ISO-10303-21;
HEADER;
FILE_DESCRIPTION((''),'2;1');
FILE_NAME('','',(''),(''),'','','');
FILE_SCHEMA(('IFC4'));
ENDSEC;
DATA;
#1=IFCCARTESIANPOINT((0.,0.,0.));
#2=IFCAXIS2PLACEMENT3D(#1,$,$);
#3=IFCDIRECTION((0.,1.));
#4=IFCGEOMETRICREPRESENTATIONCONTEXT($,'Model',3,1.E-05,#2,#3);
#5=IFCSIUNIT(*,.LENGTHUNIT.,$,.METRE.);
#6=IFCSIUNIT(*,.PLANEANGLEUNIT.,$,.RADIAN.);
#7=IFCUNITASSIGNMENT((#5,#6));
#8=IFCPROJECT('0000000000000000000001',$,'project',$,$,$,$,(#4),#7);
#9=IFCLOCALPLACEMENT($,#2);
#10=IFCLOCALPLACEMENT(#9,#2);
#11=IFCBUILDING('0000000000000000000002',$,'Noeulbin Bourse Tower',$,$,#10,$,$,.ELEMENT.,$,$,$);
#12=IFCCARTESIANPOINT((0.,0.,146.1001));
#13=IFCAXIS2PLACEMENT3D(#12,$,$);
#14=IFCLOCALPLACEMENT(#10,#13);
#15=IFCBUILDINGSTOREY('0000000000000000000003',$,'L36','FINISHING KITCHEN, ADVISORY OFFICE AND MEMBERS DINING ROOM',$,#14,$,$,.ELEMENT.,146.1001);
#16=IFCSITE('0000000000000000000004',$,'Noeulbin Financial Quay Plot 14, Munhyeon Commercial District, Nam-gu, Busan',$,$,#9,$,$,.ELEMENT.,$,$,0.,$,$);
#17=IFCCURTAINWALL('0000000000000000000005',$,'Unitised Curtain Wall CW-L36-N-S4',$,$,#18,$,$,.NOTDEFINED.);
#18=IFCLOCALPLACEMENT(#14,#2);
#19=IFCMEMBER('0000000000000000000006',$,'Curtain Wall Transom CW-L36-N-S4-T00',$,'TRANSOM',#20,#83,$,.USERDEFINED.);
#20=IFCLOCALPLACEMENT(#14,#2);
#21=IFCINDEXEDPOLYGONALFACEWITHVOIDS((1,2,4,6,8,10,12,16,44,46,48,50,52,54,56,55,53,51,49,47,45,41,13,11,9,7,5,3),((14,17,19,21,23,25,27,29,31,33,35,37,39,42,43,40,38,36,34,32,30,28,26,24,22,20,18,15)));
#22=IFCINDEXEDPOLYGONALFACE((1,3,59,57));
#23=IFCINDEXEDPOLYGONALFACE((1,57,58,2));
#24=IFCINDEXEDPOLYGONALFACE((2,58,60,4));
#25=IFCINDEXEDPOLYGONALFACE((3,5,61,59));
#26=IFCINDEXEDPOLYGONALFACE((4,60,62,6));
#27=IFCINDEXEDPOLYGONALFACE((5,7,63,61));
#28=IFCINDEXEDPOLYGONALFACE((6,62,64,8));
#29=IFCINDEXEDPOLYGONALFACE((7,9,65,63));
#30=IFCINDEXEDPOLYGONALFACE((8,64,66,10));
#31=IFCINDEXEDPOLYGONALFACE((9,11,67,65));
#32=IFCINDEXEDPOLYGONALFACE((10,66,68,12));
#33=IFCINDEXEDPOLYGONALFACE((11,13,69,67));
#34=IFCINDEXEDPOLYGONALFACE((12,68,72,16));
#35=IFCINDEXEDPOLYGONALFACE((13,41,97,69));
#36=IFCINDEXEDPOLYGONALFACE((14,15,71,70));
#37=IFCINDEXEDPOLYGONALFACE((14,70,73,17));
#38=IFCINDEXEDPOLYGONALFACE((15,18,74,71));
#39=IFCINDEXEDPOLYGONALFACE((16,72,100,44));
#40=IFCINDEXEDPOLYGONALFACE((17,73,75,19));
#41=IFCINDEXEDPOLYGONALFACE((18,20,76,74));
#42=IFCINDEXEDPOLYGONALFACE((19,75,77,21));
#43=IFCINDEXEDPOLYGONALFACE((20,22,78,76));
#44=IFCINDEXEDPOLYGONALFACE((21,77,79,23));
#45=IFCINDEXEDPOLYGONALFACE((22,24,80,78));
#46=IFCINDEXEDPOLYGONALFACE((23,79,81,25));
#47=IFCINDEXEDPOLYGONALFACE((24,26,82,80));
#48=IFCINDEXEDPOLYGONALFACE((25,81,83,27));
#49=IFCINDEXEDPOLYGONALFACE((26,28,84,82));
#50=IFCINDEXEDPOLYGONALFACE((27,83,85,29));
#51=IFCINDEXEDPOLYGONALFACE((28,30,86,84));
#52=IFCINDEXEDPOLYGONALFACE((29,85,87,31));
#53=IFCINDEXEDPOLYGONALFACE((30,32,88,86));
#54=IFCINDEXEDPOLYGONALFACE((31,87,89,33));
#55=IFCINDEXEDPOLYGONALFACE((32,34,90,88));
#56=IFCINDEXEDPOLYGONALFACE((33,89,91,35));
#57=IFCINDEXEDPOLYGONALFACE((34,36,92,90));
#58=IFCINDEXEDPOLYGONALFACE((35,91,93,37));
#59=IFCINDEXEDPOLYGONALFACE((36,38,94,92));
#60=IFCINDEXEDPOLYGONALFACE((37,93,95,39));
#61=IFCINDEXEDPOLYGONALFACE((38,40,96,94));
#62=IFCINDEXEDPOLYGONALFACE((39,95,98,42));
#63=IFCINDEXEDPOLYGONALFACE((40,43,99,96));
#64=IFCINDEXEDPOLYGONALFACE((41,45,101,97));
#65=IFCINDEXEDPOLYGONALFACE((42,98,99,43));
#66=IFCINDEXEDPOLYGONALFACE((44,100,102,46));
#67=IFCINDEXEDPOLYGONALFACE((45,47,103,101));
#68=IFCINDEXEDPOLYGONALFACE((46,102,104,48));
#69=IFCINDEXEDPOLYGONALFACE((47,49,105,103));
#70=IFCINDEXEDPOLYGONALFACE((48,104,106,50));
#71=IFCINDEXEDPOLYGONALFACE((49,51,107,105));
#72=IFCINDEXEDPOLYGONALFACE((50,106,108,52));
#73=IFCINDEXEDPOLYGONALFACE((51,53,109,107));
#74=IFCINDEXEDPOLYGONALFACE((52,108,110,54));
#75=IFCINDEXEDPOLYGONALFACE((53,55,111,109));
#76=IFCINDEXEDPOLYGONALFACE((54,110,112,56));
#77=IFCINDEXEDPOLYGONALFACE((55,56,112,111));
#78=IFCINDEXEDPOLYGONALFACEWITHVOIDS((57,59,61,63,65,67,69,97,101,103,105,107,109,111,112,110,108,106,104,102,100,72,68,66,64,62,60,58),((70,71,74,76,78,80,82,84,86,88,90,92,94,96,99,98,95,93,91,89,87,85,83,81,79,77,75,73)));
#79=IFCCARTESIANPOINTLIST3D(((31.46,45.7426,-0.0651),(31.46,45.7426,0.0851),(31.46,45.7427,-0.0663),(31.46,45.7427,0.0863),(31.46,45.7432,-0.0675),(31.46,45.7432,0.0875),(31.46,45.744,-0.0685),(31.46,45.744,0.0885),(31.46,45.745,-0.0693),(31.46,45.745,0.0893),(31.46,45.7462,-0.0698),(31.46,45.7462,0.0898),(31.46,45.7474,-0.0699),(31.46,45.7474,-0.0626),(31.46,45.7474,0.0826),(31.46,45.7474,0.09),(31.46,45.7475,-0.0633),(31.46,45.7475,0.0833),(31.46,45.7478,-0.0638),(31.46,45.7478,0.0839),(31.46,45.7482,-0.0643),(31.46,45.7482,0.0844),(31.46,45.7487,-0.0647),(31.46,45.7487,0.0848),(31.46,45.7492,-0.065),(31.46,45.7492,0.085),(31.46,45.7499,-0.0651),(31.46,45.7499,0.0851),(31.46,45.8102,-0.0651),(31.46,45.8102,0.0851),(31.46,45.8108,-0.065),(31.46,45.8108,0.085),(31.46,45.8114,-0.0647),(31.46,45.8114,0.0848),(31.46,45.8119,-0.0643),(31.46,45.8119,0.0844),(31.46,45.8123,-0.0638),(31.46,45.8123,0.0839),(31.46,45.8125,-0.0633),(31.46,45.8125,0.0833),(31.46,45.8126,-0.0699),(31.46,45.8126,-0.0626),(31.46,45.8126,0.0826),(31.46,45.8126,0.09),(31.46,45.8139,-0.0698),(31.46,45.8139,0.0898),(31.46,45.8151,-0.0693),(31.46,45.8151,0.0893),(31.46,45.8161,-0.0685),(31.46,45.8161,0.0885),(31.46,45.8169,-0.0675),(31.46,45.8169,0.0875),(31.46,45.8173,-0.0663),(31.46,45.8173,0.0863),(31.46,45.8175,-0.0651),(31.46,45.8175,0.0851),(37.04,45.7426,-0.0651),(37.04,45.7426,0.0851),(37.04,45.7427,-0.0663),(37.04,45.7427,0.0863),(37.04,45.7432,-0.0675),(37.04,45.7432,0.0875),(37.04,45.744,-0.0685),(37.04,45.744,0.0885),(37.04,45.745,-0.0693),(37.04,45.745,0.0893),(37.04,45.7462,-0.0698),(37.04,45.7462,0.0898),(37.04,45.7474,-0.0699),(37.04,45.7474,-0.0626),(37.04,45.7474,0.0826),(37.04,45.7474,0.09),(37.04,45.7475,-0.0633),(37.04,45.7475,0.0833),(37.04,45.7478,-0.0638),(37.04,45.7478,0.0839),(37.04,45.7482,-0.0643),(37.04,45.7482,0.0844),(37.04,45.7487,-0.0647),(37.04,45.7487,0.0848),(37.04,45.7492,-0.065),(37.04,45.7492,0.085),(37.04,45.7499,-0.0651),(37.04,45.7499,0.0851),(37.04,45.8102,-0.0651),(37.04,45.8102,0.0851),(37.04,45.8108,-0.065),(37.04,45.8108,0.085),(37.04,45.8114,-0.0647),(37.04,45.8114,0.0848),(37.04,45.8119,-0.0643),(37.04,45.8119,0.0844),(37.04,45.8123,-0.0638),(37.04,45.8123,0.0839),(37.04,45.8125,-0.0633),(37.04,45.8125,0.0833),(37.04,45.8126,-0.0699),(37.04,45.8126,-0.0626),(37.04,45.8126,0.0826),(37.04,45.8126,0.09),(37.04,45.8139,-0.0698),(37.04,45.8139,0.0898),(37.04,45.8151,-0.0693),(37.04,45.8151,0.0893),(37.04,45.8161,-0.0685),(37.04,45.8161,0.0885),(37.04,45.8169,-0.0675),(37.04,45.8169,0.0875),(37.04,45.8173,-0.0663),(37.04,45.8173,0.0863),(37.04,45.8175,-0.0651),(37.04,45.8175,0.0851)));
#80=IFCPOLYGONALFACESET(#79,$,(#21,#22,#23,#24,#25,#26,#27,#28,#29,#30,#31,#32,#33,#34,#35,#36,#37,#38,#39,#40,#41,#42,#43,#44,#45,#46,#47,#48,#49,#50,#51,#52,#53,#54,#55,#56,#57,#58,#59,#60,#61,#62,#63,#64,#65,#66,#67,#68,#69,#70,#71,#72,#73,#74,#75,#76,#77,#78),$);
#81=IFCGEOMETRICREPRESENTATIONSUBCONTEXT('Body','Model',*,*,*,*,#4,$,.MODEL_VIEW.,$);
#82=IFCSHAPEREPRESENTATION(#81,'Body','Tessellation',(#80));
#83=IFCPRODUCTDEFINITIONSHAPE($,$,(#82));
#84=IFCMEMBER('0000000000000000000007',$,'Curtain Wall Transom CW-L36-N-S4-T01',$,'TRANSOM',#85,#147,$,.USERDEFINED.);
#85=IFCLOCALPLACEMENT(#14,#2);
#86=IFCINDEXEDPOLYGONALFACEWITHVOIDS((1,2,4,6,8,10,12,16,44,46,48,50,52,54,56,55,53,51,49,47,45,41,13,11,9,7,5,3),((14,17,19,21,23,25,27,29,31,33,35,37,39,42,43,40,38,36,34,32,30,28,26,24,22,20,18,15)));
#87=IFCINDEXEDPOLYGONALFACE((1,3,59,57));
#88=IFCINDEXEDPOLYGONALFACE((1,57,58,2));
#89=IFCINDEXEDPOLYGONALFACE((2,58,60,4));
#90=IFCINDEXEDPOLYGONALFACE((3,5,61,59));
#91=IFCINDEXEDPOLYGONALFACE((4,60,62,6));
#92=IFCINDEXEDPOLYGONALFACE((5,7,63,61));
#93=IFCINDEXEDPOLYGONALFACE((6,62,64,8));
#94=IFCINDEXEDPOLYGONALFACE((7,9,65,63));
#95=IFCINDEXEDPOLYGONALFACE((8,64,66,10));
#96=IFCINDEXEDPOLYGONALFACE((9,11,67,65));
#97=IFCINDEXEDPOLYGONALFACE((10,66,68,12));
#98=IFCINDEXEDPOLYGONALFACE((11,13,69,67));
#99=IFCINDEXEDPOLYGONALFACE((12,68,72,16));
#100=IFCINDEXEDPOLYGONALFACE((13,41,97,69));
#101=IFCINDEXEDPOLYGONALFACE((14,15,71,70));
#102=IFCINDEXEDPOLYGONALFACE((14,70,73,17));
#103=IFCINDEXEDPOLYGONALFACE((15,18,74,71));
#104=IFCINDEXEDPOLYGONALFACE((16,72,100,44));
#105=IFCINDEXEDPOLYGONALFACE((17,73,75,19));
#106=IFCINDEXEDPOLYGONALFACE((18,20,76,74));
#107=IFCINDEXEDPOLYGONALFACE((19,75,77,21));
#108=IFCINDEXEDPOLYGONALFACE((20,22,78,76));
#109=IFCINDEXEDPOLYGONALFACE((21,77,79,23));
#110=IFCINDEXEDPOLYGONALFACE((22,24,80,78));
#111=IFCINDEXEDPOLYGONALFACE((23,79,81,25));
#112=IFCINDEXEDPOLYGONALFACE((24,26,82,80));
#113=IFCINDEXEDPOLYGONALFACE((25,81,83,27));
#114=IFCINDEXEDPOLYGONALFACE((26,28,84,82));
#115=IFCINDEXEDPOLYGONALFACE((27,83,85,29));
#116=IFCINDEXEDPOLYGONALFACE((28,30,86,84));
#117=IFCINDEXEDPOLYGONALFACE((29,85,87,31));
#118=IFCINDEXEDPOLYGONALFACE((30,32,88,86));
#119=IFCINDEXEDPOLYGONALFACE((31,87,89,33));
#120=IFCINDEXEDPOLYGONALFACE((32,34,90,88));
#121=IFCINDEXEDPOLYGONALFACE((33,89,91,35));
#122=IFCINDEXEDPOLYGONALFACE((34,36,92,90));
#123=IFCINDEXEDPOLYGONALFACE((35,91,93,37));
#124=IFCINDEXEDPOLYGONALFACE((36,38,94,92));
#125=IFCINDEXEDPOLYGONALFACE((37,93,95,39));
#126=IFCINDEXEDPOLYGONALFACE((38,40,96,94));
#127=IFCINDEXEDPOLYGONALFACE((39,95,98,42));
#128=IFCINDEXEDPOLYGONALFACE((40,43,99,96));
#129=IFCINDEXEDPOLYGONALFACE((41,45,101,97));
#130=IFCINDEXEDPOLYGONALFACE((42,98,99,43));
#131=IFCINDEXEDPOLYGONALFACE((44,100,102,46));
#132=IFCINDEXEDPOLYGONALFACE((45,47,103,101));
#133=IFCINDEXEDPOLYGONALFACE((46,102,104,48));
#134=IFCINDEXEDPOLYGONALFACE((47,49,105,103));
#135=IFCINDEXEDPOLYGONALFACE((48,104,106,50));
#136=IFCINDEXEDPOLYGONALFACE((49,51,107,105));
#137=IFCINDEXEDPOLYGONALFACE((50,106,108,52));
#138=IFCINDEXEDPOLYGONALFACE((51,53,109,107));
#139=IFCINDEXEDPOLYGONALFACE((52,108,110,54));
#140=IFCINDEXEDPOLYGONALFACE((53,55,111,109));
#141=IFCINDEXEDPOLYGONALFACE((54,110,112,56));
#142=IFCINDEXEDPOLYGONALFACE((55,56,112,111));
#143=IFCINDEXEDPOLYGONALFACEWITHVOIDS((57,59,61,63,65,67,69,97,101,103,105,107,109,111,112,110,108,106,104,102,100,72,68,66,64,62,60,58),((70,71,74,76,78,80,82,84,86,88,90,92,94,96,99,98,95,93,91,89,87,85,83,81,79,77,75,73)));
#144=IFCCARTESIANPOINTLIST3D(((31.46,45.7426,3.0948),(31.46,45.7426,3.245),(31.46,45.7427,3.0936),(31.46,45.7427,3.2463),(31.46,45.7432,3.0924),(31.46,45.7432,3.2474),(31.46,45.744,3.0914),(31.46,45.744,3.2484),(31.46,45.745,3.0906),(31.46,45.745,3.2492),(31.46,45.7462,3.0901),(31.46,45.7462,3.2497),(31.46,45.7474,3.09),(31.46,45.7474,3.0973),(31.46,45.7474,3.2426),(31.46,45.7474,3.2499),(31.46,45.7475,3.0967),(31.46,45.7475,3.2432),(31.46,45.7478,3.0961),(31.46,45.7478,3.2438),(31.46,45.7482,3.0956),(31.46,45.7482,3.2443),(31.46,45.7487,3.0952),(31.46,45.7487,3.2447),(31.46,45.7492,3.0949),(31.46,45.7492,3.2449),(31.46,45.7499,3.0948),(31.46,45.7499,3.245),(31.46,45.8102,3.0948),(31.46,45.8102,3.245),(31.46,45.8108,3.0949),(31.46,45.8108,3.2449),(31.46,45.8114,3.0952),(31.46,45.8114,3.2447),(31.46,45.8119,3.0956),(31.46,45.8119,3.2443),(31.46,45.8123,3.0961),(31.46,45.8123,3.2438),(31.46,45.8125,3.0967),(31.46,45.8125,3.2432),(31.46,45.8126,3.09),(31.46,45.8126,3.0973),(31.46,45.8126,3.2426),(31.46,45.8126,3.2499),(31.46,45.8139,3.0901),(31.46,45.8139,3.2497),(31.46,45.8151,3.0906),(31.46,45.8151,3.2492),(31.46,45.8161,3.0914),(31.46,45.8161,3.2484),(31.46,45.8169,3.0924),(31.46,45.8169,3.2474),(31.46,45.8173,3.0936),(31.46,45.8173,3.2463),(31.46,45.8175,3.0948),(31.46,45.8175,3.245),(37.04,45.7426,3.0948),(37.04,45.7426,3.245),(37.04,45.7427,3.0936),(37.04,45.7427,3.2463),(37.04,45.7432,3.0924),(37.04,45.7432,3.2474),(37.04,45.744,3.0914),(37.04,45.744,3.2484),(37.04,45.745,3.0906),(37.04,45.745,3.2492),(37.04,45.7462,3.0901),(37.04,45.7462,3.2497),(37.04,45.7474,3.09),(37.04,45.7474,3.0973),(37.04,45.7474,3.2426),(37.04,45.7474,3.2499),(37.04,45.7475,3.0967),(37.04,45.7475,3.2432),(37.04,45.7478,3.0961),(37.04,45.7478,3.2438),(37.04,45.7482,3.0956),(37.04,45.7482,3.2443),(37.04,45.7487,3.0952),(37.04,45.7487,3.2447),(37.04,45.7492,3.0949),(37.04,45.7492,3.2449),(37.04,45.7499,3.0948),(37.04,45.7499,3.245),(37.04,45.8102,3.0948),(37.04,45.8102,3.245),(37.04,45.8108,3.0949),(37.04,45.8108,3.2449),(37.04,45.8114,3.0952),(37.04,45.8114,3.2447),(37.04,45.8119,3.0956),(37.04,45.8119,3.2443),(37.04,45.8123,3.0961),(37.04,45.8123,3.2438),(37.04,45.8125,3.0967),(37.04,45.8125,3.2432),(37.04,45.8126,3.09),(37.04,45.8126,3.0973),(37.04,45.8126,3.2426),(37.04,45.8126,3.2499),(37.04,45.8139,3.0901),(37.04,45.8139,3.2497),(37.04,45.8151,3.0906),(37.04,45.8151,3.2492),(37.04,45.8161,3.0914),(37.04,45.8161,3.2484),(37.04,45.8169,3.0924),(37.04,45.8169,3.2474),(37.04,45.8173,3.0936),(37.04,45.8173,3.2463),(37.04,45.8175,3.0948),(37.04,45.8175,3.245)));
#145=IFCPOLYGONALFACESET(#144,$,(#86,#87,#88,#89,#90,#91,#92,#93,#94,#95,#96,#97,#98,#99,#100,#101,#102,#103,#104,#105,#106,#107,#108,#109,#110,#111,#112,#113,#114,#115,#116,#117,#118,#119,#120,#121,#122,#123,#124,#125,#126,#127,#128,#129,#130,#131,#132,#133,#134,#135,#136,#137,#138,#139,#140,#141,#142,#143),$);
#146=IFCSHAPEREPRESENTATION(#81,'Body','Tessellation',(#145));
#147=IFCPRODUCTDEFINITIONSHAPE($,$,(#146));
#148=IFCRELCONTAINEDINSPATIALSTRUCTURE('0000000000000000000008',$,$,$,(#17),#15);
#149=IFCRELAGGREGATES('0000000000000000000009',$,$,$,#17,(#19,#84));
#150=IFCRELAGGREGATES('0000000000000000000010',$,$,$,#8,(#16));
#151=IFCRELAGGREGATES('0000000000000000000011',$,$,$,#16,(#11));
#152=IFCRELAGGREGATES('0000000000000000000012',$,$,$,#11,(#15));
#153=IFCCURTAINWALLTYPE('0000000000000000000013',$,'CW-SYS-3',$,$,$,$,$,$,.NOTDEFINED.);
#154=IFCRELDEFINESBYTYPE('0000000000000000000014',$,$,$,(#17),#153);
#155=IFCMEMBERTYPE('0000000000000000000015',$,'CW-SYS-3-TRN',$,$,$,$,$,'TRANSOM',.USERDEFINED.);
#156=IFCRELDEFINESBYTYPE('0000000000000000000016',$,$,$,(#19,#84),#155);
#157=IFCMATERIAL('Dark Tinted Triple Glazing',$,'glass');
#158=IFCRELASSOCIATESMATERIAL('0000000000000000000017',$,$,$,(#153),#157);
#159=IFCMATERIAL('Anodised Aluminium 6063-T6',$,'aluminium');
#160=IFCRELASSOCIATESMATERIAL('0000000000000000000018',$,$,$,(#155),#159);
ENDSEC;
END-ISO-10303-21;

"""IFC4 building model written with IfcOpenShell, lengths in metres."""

from ifc_helpers import new_model, si_unit, direction, frame, origin, origin_2d, place, context, subcontext, project, spatial, hollow_rectangle, extrude, material, material_profile, profile_set, type_object, element, aggregate, save


model = new_model("IFC4")

# Units and contexts
model_context = context("Model", 3, precision=1e-05, world=origin(), true_north=direction((0.0, 1.0)))
body_context = subcontext(model_context, "Body", "Model", "MODEL_VIEW")
ifc_project = project(units=[si_unit("LENGTHUNIT", "METRE"), si_unit("PLANEANGLEUNIT", "RADIAN")], contexts=[model_context])

# Site, building, storey
site_placement = place(None, origin())
site = spatial("IfcSite", under=ifc_project, at=site_placement, Name="Noeulbin Financial Quay Plot 14, Munhyeon Commercial District, Nam-gu, Busan", CompositionType="ELEMENT", RefElevation=0.0)
building_placement = place(site_placement, origin())
building = spatial("IfcBuilding", under=site, at=building_placement, Name="Noeulbin Bourse Tower", CompositionType="ELEMENT")
storey_placement = place(building_placement, frame((0.0, 0.0, 146.1001)))
storey = spatial("IfcBuildingStorey", under=building, at=storey_placement, Name="L36", Description="FINISHING KITCHEN, ADVISORY OFFICE AND MEMBERS DINING ROOM", CompositionType="ELEMENT", Elevation=146.1001)

# Shared definitions
ifc_material_1 = material(Name="Dark Tinted Triple Glazing", Category="glass")
curtain_wall_type = type_object("IfcCurtainWallType", Name="CW-SYS-3", PredefinedType="NOTDEFINED", material=ifc_material_1)
ifc_material_2 = material(Name="Anodised Aluminium 6063-T6", Category="aluminium")

# Curtain wall
curtain_wall_1_placement = place(storey_placement, origin())
curtain_wall_1 = element("IfcCurtainWall", 1, at=curtain_wall_1_placement, inside=storey, type_object=curtain_wall_type, Name="Unitised Curtain Wall CW-L36-N-S4", PredefinedType="NOTDEFINED")

# Members
ifc_material_profile_1 = material_profile(ifc_material_2, hollow_rectangle(XDim=0.075, YDim=0.1599, WallThickness=0.0049, InnerFilletRadius=0.0024, OuterFilletRadius=0.0049, at=origin_2d()), Name="ALU-TRAN-75x160x5", Category="LoadBearing")
ifc_profile_set_1 = profile_set([ifc_material_profile_1], Name="Anodised Aluminium 6063-T6")
member_type_1 = type_object("IfcMemberType", Name="CW-SYS-3-TRN", ElementType="TRANSOM", PredefinedType="USERDEFINED", material=ifc_profile_set_1)
member_1_placement = place(storey_placement, frame((31.46, 45.78, 0.01), z_axis=(1.0, 0.0, 0.0), x_axis=(0.0, 1.0, 0.0)))
member_1 = element("IfcMember", 2, at=member_1_placement, type_object=member_type_1, Name="Curtain Wall Transom CW-L36-N-S4-T00", ObjectType="TRANSOM", PredefinedType="USERDEFINED", context=body_context, shape_type="SweptSolid", body=[
    extrude(hollow_rectangle(XDim=0.075, YDim=0.1599, WallThickness=0.0049, InnerFilletRadius=0.0024, OuterFilletRadius=0.0049, at=origin_2d()), origin(), (0.0, 0.0, 1.0), 5.5801),
])
member_2_placement = place(storey_placement, frame((31.46, 45.78, 3.1699), z_axis=(1.0, 0.0, 0.0), x_axis=(0.0, 1.0, 0.0)))
member_2 = element("IfcMember", 3, at=member_2_placement, type_object=member_type_1, Name="Curtain Wall Transom CW-L36-N-S4-T01", ObjectType="TRANSOM", PredefinedType="USERDEFINED", context=body_context, shape_type="SweptSolid", body=[
    extrude(hollow_rectangle(XDim=0.075, YDim=0.1599, WallThickness=0.0049, InnerFilletRadius=0.0024, OuterFilletRadius=0.0049, at=origin_2d()), origin(), (0.0, 0.0, 1.0), 5.5801),
])

aggregate(curtain_wall_1, [member_1, member_2])

save(model, "model.ifc")
